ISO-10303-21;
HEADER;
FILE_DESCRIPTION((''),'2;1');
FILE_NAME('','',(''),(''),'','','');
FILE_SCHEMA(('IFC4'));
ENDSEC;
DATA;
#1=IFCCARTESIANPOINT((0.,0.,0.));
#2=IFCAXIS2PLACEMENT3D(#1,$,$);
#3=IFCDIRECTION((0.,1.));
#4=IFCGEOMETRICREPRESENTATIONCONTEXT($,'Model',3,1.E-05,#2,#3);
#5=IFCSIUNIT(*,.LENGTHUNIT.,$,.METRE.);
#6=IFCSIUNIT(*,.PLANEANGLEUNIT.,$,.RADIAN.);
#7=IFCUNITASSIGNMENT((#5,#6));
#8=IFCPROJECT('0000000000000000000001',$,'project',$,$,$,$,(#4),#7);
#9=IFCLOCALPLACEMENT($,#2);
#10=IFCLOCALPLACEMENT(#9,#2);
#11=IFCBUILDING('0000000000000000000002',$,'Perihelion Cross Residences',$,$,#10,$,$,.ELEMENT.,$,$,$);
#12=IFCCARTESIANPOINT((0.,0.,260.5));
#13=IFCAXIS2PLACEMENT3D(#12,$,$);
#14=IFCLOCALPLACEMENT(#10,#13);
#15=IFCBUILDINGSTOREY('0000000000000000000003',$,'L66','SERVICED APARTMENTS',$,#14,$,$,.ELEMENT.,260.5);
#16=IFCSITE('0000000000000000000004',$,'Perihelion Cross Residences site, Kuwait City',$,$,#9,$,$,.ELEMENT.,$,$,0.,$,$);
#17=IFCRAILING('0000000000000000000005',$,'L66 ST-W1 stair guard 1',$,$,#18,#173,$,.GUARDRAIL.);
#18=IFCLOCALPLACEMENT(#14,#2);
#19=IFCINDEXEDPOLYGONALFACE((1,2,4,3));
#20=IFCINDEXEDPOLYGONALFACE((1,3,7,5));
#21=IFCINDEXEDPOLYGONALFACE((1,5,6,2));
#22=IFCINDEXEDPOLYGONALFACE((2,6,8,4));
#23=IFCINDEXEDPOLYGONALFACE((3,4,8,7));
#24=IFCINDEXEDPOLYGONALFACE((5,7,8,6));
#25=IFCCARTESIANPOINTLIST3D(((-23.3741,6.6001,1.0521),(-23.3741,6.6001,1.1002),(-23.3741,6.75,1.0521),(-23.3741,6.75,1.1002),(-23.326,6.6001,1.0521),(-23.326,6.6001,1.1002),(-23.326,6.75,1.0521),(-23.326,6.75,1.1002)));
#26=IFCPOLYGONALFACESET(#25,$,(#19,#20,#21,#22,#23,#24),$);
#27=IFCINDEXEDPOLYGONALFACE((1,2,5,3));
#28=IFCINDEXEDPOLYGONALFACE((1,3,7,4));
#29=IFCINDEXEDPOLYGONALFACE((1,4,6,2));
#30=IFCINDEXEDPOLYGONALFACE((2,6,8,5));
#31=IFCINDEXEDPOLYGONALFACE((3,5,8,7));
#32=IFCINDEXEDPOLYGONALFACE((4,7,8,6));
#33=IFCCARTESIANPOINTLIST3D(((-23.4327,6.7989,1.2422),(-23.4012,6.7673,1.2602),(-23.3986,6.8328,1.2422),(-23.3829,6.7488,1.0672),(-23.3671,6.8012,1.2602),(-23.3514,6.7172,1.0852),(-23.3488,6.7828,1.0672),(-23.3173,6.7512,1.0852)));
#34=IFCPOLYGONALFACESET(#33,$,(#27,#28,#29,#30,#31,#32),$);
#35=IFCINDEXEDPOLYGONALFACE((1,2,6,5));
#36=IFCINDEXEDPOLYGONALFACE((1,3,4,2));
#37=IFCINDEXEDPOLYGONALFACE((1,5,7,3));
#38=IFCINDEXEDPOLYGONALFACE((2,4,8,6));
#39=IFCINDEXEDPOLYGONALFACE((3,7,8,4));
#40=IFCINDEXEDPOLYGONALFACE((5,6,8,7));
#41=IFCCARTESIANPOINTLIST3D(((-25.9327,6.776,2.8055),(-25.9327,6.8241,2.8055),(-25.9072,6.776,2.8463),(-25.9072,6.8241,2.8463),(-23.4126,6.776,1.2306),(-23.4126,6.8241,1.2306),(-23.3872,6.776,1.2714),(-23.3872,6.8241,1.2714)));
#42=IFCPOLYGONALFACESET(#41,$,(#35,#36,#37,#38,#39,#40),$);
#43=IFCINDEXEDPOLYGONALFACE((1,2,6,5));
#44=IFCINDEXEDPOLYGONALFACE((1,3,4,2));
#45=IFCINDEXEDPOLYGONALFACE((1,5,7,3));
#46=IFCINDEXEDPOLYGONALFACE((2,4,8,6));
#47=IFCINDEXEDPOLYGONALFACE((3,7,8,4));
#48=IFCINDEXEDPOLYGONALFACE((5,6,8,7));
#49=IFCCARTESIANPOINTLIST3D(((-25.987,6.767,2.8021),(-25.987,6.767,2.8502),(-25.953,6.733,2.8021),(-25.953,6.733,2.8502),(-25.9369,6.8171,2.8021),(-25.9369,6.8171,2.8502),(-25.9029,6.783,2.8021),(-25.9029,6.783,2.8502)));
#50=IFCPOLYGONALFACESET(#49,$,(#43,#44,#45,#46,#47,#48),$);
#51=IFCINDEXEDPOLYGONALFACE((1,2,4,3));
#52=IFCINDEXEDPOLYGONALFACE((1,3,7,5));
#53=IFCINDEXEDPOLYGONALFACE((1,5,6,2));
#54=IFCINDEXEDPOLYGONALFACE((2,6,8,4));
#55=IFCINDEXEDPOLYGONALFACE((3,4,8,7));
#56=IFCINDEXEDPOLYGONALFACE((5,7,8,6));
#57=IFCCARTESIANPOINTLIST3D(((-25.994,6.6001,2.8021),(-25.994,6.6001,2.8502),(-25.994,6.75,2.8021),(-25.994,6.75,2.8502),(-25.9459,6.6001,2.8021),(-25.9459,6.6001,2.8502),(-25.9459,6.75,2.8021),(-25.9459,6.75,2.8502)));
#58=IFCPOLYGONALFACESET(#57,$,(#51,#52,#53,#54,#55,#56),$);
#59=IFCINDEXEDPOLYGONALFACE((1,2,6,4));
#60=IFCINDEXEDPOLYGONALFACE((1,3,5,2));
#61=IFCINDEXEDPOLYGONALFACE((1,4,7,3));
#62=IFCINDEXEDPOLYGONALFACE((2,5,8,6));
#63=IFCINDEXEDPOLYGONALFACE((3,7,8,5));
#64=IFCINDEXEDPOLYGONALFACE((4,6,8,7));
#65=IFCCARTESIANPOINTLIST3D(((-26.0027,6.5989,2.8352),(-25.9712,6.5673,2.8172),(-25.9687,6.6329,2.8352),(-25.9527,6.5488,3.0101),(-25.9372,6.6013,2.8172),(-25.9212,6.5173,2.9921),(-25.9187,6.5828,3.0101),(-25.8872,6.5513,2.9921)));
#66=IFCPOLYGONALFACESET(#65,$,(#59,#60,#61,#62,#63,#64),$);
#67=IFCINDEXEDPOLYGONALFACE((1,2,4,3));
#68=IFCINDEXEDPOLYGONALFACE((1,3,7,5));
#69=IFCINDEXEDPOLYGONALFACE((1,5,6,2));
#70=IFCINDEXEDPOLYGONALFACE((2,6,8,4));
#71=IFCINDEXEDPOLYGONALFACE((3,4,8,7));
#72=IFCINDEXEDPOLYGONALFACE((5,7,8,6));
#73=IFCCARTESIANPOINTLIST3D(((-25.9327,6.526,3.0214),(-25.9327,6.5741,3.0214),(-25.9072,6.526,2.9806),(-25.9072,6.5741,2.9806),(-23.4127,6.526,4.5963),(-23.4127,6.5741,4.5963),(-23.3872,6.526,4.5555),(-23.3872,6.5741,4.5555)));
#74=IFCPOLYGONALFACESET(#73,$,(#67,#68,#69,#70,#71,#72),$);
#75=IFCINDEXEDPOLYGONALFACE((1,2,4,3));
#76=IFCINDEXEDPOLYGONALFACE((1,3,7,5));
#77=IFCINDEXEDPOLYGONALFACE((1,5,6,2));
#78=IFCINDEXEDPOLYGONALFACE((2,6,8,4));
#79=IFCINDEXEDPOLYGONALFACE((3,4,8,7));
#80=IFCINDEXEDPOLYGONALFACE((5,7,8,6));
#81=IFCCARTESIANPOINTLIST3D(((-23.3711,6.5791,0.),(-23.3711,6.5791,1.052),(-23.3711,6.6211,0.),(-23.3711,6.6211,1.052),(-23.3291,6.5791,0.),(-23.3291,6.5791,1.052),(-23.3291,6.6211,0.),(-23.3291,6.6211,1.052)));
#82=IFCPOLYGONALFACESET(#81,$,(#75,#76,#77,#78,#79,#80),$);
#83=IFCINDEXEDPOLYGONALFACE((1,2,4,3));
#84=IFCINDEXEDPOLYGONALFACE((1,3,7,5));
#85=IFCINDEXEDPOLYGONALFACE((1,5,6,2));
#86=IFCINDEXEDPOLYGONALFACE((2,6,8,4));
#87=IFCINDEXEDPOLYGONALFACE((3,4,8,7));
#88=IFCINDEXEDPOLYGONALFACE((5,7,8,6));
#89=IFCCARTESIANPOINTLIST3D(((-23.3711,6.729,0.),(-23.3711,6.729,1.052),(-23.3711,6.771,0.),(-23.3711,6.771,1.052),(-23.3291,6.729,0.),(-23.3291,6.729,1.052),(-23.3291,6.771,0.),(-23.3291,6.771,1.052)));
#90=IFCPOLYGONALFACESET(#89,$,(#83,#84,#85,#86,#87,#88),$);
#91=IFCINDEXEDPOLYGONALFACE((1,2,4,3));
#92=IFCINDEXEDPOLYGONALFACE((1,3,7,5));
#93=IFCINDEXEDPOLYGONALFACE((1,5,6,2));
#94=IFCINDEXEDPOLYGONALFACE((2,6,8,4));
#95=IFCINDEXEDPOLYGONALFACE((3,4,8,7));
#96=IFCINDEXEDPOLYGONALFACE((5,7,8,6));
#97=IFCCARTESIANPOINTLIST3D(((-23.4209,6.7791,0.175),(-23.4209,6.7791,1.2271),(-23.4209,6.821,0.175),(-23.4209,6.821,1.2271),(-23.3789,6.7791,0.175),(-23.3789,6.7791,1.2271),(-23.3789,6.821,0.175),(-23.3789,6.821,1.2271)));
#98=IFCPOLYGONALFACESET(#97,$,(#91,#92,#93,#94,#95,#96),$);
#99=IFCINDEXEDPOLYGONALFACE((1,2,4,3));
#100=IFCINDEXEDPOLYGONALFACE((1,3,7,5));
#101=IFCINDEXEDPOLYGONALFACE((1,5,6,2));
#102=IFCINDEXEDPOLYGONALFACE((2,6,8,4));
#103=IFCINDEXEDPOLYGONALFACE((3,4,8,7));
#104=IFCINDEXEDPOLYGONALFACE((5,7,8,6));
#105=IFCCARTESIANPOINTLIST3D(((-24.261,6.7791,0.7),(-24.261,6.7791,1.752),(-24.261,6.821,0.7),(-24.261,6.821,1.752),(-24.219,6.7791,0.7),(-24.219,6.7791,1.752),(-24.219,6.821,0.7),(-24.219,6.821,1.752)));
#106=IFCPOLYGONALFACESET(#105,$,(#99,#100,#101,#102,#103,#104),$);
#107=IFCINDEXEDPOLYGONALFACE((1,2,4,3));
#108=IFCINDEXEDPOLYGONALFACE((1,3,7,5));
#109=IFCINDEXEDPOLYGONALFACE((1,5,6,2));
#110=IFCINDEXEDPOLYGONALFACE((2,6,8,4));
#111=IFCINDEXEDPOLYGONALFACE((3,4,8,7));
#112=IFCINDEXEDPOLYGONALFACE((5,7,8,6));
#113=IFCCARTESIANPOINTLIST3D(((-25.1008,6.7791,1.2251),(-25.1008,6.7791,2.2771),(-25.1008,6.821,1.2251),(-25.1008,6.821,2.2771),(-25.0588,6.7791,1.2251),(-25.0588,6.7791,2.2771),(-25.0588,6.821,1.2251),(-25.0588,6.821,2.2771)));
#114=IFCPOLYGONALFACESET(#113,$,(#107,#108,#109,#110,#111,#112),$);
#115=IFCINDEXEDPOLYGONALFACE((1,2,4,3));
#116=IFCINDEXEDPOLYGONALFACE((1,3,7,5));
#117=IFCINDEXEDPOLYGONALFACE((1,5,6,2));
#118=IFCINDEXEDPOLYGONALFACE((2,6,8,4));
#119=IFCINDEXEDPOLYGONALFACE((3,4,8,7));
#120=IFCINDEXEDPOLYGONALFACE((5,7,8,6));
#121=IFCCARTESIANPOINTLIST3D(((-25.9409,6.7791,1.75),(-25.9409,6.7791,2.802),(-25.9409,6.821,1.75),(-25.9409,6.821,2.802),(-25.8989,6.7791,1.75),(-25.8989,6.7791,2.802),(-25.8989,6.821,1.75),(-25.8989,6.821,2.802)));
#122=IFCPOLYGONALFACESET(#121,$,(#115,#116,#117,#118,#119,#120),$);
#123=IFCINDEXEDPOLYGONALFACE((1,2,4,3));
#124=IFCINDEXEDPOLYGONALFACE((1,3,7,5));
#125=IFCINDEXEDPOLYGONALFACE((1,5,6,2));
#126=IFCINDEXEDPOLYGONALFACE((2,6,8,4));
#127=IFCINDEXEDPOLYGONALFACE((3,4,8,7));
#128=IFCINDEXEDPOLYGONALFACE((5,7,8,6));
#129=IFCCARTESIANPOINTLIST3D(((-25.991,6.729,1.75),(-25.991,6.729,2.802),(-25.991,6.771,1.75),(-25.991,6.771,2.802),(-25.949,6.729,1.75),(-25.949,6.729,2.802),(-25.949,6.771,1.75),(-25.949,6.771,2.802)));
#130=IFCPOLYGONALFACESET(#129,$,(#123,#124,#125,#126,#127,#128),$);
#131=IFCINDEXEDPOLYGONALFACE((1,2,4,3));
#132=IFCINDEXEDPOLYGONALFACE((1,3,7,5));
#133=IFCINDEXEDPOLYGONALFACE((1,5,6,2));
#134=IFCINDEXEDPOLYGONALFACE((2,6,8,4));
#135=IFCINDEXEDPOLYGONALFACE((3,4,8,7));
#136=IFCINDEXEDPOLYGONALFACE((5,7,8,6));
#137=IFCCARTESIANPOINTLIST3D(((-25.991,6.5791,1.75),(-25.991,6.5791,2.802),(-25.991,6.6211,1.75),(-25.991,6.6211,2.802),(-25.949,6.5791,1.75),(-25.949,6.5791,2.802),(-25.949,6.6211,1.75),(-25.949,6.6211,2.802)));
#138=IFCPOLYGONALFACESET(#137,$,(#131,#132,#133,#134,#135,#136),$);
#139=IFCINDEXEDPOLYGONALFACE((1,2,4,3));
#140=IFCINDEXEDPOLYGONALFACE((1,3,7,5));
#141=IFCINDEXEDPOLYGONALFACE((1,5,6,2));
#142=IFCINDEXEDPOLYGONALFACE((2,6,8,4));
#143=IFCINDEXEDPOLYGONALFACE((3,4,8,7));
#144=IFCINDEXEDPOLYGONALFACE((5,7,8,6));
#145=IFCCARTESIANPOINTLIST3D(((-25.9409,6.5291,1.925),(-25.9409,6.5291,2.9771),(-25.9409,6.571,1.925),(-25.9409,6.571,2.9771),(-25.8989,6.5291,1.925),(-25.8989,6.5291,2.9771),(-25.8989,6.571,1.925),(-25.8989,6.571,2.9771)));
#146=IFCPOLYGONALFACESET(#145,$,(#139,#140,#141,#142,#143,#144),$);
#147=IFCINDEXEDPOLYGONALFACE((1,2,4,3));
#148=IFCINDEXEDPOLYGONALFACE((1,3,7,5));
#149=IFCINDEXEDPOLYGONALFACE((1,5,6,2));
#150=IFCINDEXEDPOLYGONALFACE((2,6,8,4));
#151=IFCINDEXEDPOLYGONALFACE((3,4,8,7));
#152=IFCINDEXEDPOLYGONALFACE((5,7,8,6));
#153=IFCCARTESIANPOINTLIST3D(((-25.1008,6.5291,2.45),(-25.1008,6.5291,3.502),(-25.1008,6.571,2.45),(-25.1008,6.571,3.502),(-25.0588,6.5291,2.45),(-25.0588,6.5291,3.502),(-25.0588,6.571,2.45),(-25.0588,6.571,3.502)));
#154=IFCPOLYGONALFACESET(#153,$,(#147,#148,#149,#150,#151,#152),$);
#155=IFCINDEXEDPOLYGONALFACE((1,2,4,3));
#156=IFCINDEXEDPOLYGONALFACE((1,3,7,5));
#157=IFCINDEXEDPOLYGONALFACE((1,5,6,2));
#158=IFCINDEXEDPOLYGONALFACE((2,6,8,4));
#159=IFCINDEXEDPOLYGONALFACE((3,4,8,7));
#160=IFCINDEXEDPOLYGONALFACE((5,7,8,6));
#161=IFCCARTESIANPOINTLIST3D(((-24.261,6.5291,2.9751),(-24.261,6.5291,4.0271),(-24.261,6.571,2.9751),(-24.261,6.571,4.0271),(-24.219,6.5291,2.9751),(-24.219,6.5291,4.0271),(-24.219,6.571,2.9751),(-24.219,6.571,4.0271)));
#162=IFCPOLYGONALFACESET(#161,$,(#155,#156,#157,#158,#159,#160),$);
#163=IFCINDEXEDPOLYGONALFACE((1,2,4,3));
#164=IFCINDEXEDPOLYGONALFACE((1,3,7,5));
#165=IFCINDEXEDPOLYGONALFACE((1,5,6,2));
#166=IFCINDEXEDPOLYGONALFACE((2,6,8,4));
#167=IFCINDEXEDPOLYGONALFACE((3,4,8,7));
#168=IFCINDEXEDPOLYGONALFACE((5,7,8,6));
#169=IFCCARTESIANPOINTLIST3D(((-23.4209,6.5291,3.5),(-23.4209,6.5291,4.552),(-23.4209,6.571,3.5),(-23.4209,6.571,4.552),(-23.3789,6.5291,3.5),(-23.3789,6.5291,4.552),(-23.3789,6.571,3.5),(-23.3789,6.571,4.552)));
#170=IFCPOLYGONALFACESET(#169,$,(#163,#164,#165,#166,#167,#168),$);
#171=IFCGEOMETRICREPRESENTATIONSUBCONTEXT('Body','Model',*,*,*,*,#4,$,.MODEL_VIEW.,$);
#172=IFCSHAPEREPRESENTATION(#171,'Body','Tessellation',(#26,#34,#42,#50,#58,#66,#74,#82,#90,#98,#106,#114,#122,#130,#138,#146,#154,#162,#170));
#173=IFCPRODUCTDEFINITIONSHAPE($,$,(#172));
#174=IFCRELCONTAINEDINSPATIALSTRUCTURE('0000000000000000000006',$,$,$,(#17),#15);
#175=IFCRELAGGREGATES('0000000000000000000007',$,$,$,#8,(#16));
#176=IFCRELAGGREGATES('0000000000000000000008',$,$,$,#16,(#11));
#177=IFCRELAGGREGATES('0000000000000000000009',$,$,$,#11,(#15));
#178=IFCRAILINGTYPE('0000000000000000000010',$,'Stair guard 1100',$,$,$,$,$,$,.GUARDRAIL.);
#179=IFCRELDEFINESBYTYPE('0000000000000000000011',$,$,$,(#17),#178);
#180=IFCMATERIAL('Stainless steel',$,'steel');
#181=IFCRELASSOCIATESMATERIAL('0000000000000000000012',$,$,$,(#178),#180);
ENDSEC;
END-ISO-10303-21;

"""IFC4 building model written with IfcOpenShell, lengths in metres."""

from ifc_helpers import new_model, si_unit, direction, frame, origin, origin_2d, place, context, subcontext, project, spatial, rectangle, extrude, material, type_object, element, save


model = new_model("IFC4")

# Units and contexts
model_context = context("Model", 3, precision=1e-05, world=origin(), true_north=direction((0.0, 1.0)))
body_context = subcontext(model_context, "Body", "Model", "MODEL_VIEW")
ifc_project = project(units=[si_unit("LENGTHUNIT", "METRE"), si_unit("PLANEANGLEUNIT", "RADIAN")], contexts=[model_context])

# Site, building, storey
site_placement = place(None, origin())
site = spatial("IfcSite", under=ifc_project, at=site_placement, Name="Perihelion Cross Residences site, Kuwait City", CompositionType="ELEMENT", RefElevation=0.0)
building_placement = place(site_placement, origin())
building = spatial("IfcBuilding", under=site, at=building_placement, Name="Perihelion Cross Residences", CompositionType="ELEMENT")
storey_placement = place(building_placement, frame((0.0, 0.0, 260.5)))
storey = spatial("IfcBuildingStorey", under=building, at=storey_placement, Name="L66", Description="SERVICED APARTMENTS", CompositionType="ELEMENT", Elevation=260.5)

# Railing
ifc_material_1 = material(Name="Stainless steel", Category="steel")
railing_type_1 = type_object("IfcRailingType", Name="Stair guard 1100", PredefinedType="GUARDRAIL", material=ifc_material_1)
railing_1_placement = place(storey_placement, frame((-23.3501, 6.6001, 0.0)))
element("IfcRailing", 1, at=railing_1_placement, inside=storey, type_object=railing_type_1, Name="L66 ST-W1 stair guard 1", PredefinedType="GUARDRAIL", context=body_context, shape_type="SweptSolid", body=[
    extrude(rectangle(XDim=0.0481, YDim=0.0481, at=origin_2d()), frame((0.0, 0.0, 1.0762), z_axis=(0.0, 1.0, 0.0), x_axis=(-1.0, 0.0, 0.0)), (0.0, 0.0, 1.0), 0.1499),
    extrude(rectangle(XDim=0.0481, YDim=0.0481, at=origin_2d()), frame((0.0, 0.1499, 1.0762), z_axis=(-0.263862, 0.265156, 0.927399), x_axis=(-0.708834, -0.705376, 0.0)), (0.0, 0.0, 1.0), 0.1887),
    extrude(rectangle(XDim=0.0481, YDim=0.0481, at=origin_2d()), frame((-0.0498, 0.2, 1.251), z_axis=(-0.848008, 0.0, 0.529984), x_axis=(0.0, -1.0, 0.0)), (0.0, 0.0, 1.0), 2.9717),
    extrude(rectangle(XDim=0.0481, YDim=0.0481, at=origin_2d()), frame((-2.5698, 0.2, 2.8262), z_axis=(-0.707107, -0.707107, 0.0), x_axis=(0.707107, -0.707107, 0.0)), (0.0, 0.0, 1.0), 0.0708),
    extrude(rectangle(XDim=0.0481, YDim=0.0481, at=origin_2d()), frame((-2.6199, 0.1499, 2.8262), z_axis=(0.0, -1.0, 0.0), x_axis=(1.0, 0.0, 0.0)), (0.0, 0.0, 1.0), 0.1499),
    extrude(rectangle(XDim=0.0481, YDim=0.0481, at=origin_2d()), frame((-2.6199, 0.0, 2.8262), z_axis=(0.265065, -0.265065, 0.927082), x_axis=(0.707107, 0.707107, 0.0)), (0.0, 0.0, 1.0), 0.1887),
    extrude(rectangle(XDim=0.0481, YDim=0.0481, at=origin_2d()), frame((-2.5698, -0.05, 3.001), z_axis=(0.848008, 0.0, 0.529984), x_axis=(0.0, 1.0, 0.0)), (0.0, 0.0, 1.0), 2.9717),
    extrude(rectangle(XDim=0.042, YDim=0.042, at=origin_2d()), origin(), (0.0, 0.0, 1.0), 1.052),
    extrude(rectangle(XDim=0.042, YDim=0.042, at=origin_2d()), frame((0.0, 0.1499, 0.0)), (0.0, 0.0, 1.0), 1.052),
    extrude(rectangle(XDim=0.042, YDim=0.042, at=origin_2d()), frame((-0.0498, 0.2, 0.175)), (0.0, 0.0, 1.0), 1.052),
    extrude(rectangle(XDim=0.042, YDim=0.042, at=origin_2d()), frame((-0.8899, 0.2, 0.7)), (0.0, 0.0, 1.0), 1.052),
    extrude(rectangle(XDim=0.042, YDim=0.042, at=origin_2d()), frame((-1.7297, 0.2, 1.2251)), (0.0, 0.0, 1.0), 1.052),
    extrude(rectangle(XDim=0.042, YDim=0.042, at=origin_2d()), frame((-2.5698, 0.2, 1.75)), (0.0, 0.0, 1.0), 1.052),
    extrude(rectangle(XDim=0.042, YDim=0.042, at=origin_2d()), frame((-2.6199, 0.1499, 1.75)), (0.0, 0.0, 1.0), 1.052),
    extrude(rectangle(XDim=0.042, YDim=0.042, at=origin_2d()), frame((-2.6199, 0.0, 1.75)), (0.0, 0.0, 1.0), 1.052),
    extrude(rectangle(XDim=0.042, YDim=0.042, at=origin_2d()), frame((-2.5698, -0.05, 1.925)), (0.0, 0.0, 1.0), 1.052),
    extrude(rectangle(XDim=0.042, YDim=0.042, at=origin_2d()), frame((-1.7297, -0.05, 2.45)), (0.0, 0.0, 1.0), 1.052),
    extrude(rectangle(XDim=0.042, YDim=0.042, at=origin_2d()), frame((-0.8899, -0.05, 2.9751)), (0.0, 0.0, 1.0), 1.052),
    extrude(rectangle(XDim=0.042, YDim=0.042, at=origin_2d()), frame((-0.0498, -0.05, 3.5)), (0.0, 0.0, 1.0), 1.052),
])

save(model, "model.ifc")
